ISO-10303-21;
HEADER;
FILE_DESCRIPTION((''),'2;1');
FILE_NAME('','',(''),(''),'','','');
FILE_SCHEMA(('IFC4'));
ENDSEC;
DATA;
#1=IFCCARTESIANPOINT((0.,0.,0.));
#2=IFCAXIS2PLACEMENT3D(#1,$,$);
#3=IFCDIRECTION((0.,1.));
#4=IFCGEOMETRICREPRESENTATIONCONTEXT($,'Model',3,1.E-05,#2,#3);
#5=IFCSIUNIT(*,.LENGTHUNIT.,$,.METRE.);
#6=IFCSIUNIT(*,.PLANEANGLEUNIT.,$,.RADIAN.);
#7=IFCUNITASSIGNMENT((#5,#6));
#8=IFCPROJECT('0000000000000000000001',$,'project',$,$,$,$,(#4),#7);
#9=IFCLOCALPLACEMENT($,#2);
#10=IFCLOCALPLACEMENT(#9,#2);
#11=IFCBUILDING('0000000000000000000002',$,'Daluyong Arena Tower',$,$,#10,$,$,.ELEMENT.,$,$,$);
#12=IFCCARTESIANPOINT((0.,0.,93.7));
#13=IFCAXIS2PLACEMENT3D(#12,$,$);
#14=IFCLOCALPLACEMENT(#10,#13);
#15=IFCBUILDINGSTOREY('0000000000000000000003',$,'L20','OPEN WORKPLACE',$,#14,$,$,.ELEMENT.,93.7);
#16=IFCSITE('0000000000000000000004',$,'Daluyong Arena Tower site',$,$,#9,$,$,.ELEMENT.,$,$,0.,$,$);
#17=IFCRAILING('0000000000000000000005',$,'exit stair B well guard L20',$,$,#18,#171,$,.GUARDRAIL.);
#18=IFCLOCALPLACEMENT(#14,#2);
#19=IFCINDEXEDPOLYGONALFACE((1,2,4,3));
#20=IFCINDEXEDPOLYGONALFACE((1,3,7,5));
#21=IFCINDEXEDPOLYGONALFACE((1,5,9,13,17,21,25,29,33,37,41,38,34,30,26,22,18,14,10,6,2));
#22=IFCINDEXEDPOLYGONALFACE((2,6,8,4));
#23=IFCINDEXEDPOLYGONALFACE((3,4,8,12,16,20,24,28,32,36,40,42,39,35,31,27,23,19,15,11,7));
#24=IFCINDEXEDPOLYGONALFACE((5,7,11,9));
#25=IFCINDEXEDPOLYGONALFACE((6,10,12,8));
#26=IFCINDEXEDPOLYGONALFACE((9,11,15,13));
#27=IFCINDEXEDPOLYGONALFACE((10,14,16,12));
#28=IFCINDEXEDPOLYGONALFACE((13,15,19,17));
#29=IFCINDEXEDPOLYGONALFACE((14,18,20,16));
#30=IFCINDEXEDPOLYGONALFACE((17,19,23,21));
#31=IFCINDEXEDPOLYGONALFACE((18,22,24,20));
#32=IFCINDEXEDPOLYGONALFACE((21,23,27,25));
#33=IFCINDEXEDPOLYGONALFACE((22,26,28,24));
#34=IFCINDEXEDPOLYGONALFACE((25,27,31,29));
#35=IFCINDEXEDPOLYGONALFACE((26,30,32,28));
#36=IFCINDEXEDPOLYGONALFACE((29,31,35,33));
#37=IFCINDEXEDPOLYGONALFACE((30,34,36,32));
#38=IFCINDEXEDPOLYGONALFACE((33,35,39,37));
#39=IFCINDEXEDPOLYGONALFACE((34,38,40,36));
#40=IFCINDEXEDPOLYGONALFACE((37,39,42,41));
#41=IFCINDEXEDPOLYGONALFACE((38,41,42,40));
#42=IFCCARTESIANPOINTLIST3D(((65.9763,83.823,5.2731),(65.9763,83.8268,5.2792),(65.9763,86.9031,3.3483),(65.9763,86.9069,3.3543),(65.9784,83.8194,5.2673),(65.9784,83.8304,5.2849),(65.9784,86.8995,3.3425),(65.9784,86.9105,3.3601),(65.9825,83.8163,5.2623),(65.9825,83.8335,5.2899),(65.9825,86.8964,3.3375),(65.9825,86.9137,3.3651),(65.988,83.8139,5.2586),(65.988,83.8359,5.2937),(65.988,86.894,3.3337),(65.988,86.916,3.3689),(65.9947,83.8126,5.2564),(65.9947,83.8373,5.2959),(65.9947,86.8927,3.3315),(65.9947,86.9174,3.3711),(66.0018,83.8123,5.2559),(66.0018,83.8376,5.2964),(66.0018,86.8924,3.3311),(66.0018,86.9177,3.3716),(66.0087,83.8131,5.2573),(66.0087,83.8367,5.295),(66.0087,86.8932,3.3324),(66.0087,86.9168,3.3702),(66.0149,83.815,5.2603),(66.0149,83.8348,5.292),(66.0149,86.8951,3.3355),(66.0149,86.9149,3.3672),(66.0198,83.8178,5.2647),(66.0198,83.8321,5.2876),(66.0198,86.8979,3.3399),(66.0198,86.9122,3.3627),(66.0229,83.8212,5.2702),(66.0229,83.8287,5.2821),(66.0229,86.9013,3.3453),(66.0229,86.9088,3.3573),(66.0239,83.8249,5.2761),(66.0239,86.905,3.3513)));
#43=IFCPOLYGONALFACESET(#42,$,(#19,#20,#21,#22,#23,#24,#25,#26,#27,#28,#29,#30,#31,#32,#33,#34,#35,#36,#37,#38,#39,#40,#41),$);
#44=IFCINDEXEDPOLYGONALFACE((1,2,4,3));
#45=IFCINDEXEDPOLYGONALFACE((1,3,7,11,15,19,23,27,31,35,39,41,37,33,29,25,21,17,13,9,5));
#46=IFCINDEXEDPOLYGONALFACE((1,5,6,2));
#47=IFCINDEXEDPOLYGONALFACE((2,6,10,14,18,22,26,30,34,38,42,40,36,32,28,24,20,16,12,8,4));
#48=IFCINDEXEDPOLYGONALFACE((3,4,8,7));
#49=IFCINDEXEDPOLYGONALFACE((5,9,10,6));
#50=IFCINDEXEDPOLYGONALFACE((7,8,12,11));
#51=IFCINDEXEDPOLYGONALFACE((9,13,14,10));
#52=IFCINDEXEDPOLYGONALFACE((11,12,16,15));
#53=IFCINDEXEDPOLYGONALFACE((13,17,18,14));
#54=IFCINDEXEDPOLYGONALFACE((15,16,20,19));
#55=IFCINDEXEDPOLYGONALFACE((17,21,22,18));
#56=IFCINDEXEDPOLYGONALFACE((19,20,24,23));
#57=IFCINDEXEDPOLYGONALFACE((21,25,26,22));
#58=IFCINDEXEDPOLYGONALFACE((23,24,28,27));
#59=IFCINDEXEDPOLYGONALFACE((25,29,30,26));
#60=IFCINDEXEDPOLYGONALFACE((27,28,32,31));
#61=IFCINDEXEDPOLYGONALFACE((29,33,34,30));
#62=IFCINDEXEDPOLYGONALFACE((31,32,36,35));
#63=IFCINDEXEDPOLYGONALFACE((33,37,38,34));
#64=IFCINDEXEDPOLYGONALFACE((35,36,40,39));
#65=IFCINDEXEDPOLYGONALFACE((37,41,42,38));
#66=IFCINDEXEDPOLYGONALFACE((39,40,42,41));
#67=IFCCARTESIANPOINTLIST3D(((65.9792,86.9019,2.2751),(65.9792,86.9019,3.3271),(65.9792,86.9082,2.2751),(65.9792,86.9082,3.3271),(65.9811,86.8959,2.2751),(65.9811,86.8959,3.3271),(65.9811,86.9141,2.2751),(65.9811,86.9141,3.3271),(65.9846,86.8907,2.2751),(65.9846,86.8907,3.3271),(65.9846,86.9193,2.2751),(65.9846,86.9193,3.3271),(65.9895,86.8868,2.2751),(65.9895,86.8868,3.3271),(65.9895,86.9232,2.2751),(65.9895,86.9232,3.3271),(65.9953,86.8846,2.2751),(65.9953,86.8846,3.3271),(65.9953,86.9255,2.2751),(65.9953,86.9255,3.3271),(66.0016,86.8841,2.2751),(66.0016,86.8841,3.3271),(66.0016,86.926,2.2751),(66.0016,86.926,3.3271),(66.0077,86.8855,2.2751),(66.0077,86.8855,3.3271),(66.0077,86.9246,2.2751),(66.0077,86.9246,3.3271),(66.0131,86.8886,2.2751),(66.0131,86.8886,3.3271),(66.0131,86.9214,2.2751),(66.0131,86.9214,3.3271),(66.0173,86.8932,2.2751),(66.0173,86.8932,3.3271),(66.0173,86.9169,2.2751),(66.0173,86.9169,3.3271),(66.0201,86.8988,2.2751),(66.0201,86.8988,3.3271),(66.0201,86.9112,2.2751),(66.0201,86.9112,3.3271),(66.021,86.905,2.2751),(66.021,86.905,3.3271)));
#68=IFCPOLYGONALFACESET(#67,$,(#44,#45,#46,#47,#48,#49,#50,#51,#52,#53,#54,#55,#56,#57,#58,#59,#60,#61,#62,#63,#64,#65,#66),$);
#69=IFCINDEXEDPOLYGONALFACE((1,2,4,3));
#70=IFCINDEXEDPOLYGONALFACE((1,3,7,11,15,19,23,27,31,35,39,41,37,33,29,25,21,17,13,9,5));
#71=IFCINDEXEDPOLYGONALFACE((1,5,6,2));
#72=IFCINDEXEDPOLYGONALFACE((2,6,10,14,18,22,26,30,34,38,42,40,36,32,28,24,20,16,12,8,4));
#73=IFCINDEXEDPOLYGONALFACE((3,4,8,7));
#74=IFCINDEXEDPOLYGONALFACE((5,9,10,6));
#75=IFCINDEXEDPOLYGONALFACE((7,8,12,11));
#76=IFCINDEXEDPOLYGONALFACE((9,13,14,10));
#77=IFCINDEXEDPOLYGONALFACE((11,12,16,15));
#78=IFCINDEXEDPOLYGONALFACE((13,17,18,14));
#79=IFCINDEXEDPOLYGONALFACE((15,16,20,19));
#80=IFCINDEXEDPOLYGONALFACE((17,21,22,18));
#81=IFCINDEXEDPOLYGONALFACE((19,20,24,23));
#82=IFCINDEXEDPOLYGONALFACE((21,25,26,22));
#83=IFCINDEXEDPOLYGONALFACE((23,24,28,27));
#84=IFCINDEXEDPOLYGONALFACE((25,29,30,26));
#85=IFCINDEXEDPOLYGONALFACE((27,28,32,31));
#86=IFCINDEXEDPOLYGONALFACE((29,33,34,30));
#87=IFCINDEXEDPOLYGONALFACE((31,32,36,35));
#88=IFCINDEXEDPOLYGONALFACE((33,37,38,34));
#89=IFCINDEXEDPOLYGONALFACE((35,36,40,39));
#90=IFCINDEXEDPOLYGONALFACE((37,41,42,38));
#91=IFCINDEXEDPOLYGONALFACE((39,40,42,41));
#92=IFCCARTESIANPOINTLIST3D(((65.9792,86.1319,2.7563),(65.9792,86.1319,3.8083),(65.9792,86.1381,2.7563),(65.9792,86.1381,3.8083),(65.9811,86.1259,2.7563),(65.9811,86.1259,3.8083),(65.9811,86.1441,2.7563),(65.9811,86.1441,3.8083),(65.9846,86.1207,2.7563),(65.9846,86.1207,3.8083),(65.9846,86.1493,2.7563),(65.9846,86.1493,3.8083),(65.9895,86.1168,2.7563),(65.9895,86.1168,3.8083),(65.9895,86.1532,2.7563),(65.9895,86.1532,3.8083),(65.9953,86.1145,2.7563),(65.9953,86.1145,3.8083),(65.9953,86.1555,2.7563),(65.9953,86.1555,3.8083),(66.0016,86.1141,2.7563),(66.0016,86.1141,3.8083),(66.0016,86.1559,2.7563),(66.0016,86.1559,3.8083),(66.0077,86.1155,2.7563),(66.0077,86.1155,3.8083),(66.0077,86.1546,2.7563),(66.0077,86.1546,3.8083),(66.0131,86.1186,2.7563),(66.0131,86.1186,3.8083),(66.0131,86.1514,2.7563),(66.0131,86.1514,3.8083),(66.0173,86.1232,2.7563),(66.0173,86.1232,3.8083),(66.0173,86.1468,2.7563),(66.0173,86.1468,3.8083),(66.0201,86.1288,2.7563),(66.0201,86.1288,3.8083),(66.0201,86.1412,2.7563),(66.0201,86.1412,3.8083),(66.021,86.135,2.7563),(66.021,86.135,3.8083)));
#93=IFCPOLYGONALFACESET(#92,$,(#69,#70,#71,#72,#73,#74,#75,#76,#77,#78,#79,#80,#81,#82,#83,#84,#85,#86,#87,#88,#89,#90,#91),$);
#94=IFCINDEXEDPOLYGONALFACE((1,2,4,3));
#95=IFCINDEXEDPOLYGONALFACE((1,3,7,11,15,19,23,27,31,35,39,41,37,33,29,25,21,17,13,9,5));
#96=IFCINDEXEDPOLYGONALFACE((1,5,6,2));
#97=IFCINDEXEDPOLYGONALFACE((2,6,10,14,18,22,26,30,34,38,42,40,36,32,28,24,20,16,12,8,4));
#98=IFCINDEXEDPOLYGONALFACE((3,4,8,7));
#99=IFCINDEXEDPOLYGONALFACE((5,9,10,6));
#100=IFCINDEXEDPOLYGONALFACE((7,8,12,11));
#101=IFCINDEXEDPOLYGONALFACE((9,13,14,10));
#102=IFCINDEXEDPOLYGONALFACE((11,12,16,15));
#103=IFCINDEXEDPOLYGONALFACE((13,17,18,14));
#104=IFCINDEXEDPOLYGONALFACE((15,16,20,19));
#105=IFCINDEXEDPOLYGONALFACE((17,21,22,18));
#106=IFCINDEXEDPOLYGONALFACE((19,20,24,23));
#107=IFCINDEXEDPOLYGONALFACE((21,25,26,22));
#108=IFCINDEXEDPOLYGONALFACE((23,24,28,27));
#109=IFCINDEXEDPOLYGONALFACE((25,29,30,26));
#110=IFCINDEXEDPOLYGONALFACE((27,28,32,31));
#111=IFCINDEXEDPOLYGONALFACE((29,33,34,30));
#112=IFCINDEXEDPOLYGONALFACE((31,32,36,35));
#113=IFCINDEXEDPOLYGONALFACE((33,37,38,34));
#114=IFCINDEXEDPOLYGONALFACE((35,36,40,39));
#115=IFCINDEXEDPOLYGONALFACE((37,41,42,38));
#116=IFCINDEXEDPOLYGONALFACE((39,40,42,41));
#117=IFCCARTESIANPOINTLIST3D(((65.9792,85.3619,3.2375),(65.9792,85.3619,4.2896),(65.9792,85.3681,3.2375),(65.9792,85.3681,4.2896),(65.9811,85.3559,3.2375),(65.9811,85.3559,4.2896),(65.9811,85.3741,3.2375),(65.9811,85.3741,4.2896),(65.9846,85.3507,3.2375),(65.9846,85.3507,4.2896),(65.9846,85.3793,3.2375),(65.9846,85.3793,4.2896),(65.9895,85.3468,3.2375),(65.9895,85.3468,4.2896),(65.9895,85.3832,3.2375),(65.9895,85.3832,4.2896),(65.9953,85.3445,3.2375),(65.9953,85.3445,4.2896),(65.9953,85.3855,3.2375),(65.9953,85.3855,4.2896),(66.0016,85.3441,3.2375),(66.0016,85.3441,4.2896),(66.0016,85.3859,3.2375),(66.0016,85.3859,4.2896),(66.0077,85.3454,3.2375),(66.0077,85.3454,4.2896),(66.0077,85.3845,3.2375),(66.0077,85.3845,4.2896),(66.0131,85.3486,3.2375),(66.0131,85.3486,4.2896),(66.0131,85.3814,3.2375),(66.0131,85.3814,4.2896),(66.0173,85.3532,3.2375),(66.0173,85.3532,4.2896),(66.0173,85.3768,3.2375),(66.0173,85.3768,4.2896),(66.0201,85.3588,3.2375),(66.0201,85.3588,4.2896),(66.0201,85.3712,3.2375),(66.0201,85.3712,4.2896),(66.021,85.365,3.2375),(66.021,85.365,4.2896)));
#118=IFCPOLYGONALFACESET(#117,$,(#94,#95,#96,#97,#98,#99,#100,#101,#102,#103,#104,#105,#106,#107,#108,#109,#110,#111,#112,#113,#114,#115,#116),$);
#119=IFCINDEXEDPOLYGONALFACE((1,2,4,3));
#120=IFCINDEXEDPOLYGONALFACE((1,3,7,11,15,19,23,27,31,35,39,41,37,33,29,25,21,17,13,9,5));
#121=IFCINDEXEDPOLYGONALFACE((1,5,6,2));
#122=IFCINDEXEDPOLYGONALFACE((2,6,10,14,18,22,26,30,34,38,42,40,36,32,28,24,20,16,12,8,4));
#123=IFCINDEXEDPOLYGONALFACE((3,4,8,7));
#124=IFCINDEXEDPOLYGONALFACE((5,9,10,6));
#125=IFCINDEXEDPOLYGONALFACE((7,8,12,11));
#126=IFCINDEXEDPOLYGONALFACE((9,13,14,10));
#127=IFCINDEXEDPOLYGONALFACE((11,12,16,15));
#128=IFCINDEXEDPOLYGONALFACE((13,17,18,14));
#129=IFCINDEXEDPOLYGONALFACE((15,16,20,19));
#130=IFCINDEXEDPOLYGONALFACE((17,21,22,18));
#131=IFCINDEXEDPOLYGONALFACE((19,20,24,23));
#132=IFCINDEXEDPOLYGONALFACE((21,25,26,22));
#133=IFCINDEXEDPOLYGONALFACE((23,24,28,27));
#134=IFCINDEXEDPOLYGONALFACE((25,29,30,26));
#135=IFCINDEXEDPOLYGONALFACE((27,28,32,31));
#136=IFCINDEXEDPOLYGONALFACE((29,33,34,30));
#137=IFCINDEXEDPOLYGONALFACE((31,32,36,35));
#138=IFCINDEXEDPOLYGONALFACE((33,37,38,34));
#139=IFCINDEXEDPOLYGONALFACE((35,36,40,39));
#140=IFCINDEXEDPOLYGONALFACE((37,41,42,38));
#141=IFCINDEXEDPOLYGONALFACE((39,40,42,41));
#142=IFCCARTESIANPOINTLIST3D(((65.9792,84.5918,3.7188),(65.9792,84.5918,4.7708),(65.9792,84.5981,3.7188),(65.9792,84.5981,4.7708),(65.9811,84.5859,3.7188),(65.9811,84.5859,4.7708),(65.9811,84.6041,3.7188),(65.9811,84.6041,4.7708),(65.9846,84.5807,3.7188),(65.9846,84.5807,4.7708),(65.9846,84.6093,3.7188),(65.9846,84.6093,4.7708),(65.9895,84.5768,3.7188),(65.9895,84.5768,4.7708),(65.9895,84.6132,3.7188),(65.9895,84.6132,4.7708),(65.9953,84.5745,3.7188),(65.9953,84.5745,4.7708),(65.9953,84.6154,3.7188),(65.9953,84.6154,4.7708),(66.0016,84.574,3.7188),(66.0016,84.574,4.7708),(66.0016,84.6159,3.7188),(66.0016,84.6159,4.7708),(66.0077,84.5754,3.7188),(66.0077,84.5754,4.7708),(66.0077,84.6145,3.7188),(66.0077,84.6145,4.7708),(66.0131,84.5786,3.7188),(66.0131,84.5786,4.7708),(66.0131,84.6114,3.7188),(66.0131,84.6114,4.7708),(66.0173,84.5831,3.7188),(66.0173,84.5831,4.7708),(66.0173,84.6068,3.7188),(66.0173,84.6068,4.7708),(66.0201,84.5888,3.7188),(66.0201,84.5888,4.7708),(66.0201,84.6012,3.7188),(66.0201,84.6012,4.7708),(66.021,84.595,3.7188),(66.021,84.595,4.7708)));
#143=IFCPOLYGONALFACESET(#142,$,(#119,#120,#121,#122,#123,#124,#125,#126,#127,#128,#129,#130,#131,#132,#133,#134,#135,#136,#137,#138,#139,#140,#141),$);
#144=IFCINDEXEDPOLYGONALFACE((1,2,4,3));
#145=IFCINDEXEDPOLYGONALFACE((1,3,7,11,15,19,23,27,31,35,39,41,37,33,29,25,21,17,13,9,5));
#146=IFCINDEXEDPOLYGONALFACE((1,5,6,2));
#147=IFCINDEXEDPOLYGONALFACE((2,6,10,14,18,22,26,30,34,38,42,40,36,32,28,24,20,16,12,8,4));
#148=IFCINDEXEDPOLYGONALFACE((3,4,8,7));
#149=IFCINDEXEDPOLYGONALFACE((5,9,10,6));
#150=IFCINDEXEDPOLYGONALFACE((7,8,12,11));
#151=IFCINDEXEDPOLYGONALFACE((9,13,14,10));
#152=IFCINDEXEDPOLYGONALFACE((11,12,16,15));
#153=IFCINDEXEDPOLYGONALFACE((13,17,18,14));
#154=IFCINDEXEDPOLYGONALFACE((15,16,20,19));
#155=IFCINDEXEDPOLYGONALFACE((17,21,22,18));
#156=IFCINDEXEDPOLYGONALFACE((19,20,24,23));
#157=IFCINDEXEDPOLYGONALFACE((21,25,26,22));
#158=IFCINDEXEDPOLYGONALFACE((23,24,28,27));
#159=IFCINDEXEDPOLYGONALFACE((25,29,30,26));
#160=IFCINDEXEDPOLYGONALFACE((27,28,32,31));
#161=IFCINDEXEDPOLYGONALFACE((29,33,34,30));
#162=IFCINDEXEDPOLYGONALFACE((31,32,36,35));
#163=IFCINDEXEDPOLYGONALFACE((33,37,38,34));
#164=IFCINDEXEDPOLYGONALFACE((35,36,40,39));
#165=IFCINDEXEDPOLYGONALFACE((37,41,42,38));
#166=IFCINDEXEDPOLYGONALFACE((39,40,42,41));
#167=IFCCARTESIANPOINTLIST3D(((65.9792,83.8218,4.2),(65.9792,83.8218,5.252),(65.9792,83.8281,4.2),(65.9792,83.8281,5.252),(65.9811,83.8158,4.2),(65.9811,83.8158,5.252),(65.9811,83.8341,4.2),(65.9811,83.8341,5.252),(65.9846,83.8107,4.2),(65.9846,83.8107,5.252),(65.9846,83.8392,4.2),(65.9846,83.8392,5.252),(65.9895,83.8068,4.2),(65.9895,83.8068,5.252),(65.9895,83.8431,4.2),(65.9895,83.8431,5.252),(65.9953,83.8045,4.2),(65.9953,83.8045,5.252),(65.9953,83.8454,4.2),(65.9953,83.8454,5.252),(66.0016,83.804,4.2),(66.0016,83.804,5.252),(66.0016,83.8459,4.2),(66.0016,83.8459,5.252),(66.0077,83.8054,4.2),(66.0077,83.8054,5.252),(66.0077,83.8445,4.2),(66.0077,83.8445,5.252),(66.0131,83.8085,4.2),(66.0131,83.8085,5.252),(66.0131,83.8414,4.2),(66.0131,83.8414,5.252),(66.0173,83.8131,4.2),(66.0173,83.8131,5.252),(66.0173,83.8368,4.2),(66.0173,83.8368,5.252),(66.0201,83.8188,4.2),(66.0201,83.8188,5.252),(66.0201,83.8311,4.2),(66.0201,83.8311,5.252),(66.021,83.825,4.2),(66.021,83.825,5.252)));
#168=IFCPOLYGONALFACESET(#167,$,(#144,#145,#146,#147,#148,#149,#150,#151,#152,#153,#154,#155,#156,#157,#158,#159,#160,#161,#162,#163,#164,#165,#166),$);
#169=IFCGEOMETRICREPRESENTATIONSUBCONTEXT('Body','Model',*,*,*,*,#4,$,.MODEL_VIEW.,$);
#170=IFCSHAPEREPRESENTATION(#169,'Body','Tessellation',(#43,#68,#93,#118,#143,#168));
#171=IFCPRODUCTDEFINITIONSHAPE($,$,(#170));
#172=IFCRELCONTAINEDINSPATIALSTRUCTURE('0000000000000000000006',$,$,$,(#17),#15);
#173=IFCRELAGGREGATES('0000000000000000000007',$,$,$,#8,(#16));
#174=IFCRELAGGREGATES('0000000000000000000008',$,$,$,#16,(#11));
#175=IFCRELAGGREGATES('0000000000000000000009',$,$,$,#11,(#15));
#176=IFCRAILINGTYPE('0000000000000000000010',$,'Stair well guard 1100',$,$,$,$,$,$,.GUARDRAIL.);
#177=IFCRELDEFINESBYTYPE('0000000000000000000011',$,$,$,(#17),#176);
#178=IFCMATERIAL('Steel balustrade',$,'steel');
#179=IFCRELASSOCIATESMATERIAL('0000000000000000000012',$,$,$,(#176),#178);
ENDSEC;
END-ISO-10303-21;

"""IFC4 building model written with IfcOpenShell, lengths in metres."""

from ifc_helpers import new_model, si_unit, direction, frame, origin, origin_2d, place, context, subcontext, project, spatial, circle, extrude, material, type_object, element, save


model = new_model("IFC4")

# Units and contexts
model_context = context("Model", 3, precision=1e-05, world=origin(), true_north=direction((0.0, 1.0)))
body_context = subcontext(model_context, "Body", "Model", "MODEL_VIEW")
ifc_project = project(units=[si_unit("LENGTHUNIT", "METRE"), si_unit("PLANEANGLEUNIT", "RADIAN")], contexts=[model_context])

# Site, building, storey
site_placement = place(None, origin())
site = spatial("IfcSite", under=ifc_project, at=site_placement, Name="Daluyong Arena Tower site", CompositionType="ELEMENT", RefElevation=0.0)
building_placement = place(site_placement, origin())
building = spatial("IfcBuilding", under=site, at=building_placement, Name="Daluyong Arena Tower", CompositionType="ELEMENT")
storey_placement = place(building_placement, frame((0.0, 0.0, 93.7)))
storey = spatial("IfcBuildingStorey", under=building, at=storey_placement, Name="L20", Description="OPEN WORKPLACE", CompositionType="ELEMENT", Elevation=93.7)

# Railing
ifc_material_1 = material(Name="Steel balustrade", Category="steel")
railing_type_1 = type_object("IfcRailingType", Name="Stair well guard 1100", PredefinedType="GUARDRAIL", material=ifc_material_1)
railing_1_placement = place(storey_placement, frame((66.0, 86.905, 2.2751)))
element("IfcRailing", 1, at=railing_1_placement, inside=storey, type_object=railing_type_1, Name="exit stair B well guard L20", PredefinedType="GUARDRAIL", context=body_context, shape_type="SweptSolid", body=[
    extrude(circle(Radius=0.0239, at=origin_2d()), frame((0.0, 0.0, 1.0762), z_axis=(0.0, -0.848029, 0.529951), x_axis=(1.0, 0.0, 0.0)), (0.0, 0.0, 1.0), 3.6321),
    extrude(circle(Radius=0.021, at=origin_2d()), origin(), (0.0, 0.0, 1.0), 1.052),
    extrude(circle(Radius=0.021, at=origin_2d()), frame((0.0, -0.77, 0.4812)), (0.0, 0.0, 1.0), 1.052),
    extrude(circle(Radius=0.021, at=origin_2d()), frame((0.0, -1.54, 0.9624)), (0.0, 0.0, 1.0), 1.052),
    extrude(circle(Radius=0.021, at=origin_2d()), frame((0.0, -2.3101, 1.4436)), (0.0, 0.0, 1.0), 1.052),
    extrude(circle(Radius=0.021, at=origin_2d()), frame((0.0, -3.0801, 1.9248)), (0.0, 0.0, 1.0), 1.052),
])

save(model, "model.ifc")
